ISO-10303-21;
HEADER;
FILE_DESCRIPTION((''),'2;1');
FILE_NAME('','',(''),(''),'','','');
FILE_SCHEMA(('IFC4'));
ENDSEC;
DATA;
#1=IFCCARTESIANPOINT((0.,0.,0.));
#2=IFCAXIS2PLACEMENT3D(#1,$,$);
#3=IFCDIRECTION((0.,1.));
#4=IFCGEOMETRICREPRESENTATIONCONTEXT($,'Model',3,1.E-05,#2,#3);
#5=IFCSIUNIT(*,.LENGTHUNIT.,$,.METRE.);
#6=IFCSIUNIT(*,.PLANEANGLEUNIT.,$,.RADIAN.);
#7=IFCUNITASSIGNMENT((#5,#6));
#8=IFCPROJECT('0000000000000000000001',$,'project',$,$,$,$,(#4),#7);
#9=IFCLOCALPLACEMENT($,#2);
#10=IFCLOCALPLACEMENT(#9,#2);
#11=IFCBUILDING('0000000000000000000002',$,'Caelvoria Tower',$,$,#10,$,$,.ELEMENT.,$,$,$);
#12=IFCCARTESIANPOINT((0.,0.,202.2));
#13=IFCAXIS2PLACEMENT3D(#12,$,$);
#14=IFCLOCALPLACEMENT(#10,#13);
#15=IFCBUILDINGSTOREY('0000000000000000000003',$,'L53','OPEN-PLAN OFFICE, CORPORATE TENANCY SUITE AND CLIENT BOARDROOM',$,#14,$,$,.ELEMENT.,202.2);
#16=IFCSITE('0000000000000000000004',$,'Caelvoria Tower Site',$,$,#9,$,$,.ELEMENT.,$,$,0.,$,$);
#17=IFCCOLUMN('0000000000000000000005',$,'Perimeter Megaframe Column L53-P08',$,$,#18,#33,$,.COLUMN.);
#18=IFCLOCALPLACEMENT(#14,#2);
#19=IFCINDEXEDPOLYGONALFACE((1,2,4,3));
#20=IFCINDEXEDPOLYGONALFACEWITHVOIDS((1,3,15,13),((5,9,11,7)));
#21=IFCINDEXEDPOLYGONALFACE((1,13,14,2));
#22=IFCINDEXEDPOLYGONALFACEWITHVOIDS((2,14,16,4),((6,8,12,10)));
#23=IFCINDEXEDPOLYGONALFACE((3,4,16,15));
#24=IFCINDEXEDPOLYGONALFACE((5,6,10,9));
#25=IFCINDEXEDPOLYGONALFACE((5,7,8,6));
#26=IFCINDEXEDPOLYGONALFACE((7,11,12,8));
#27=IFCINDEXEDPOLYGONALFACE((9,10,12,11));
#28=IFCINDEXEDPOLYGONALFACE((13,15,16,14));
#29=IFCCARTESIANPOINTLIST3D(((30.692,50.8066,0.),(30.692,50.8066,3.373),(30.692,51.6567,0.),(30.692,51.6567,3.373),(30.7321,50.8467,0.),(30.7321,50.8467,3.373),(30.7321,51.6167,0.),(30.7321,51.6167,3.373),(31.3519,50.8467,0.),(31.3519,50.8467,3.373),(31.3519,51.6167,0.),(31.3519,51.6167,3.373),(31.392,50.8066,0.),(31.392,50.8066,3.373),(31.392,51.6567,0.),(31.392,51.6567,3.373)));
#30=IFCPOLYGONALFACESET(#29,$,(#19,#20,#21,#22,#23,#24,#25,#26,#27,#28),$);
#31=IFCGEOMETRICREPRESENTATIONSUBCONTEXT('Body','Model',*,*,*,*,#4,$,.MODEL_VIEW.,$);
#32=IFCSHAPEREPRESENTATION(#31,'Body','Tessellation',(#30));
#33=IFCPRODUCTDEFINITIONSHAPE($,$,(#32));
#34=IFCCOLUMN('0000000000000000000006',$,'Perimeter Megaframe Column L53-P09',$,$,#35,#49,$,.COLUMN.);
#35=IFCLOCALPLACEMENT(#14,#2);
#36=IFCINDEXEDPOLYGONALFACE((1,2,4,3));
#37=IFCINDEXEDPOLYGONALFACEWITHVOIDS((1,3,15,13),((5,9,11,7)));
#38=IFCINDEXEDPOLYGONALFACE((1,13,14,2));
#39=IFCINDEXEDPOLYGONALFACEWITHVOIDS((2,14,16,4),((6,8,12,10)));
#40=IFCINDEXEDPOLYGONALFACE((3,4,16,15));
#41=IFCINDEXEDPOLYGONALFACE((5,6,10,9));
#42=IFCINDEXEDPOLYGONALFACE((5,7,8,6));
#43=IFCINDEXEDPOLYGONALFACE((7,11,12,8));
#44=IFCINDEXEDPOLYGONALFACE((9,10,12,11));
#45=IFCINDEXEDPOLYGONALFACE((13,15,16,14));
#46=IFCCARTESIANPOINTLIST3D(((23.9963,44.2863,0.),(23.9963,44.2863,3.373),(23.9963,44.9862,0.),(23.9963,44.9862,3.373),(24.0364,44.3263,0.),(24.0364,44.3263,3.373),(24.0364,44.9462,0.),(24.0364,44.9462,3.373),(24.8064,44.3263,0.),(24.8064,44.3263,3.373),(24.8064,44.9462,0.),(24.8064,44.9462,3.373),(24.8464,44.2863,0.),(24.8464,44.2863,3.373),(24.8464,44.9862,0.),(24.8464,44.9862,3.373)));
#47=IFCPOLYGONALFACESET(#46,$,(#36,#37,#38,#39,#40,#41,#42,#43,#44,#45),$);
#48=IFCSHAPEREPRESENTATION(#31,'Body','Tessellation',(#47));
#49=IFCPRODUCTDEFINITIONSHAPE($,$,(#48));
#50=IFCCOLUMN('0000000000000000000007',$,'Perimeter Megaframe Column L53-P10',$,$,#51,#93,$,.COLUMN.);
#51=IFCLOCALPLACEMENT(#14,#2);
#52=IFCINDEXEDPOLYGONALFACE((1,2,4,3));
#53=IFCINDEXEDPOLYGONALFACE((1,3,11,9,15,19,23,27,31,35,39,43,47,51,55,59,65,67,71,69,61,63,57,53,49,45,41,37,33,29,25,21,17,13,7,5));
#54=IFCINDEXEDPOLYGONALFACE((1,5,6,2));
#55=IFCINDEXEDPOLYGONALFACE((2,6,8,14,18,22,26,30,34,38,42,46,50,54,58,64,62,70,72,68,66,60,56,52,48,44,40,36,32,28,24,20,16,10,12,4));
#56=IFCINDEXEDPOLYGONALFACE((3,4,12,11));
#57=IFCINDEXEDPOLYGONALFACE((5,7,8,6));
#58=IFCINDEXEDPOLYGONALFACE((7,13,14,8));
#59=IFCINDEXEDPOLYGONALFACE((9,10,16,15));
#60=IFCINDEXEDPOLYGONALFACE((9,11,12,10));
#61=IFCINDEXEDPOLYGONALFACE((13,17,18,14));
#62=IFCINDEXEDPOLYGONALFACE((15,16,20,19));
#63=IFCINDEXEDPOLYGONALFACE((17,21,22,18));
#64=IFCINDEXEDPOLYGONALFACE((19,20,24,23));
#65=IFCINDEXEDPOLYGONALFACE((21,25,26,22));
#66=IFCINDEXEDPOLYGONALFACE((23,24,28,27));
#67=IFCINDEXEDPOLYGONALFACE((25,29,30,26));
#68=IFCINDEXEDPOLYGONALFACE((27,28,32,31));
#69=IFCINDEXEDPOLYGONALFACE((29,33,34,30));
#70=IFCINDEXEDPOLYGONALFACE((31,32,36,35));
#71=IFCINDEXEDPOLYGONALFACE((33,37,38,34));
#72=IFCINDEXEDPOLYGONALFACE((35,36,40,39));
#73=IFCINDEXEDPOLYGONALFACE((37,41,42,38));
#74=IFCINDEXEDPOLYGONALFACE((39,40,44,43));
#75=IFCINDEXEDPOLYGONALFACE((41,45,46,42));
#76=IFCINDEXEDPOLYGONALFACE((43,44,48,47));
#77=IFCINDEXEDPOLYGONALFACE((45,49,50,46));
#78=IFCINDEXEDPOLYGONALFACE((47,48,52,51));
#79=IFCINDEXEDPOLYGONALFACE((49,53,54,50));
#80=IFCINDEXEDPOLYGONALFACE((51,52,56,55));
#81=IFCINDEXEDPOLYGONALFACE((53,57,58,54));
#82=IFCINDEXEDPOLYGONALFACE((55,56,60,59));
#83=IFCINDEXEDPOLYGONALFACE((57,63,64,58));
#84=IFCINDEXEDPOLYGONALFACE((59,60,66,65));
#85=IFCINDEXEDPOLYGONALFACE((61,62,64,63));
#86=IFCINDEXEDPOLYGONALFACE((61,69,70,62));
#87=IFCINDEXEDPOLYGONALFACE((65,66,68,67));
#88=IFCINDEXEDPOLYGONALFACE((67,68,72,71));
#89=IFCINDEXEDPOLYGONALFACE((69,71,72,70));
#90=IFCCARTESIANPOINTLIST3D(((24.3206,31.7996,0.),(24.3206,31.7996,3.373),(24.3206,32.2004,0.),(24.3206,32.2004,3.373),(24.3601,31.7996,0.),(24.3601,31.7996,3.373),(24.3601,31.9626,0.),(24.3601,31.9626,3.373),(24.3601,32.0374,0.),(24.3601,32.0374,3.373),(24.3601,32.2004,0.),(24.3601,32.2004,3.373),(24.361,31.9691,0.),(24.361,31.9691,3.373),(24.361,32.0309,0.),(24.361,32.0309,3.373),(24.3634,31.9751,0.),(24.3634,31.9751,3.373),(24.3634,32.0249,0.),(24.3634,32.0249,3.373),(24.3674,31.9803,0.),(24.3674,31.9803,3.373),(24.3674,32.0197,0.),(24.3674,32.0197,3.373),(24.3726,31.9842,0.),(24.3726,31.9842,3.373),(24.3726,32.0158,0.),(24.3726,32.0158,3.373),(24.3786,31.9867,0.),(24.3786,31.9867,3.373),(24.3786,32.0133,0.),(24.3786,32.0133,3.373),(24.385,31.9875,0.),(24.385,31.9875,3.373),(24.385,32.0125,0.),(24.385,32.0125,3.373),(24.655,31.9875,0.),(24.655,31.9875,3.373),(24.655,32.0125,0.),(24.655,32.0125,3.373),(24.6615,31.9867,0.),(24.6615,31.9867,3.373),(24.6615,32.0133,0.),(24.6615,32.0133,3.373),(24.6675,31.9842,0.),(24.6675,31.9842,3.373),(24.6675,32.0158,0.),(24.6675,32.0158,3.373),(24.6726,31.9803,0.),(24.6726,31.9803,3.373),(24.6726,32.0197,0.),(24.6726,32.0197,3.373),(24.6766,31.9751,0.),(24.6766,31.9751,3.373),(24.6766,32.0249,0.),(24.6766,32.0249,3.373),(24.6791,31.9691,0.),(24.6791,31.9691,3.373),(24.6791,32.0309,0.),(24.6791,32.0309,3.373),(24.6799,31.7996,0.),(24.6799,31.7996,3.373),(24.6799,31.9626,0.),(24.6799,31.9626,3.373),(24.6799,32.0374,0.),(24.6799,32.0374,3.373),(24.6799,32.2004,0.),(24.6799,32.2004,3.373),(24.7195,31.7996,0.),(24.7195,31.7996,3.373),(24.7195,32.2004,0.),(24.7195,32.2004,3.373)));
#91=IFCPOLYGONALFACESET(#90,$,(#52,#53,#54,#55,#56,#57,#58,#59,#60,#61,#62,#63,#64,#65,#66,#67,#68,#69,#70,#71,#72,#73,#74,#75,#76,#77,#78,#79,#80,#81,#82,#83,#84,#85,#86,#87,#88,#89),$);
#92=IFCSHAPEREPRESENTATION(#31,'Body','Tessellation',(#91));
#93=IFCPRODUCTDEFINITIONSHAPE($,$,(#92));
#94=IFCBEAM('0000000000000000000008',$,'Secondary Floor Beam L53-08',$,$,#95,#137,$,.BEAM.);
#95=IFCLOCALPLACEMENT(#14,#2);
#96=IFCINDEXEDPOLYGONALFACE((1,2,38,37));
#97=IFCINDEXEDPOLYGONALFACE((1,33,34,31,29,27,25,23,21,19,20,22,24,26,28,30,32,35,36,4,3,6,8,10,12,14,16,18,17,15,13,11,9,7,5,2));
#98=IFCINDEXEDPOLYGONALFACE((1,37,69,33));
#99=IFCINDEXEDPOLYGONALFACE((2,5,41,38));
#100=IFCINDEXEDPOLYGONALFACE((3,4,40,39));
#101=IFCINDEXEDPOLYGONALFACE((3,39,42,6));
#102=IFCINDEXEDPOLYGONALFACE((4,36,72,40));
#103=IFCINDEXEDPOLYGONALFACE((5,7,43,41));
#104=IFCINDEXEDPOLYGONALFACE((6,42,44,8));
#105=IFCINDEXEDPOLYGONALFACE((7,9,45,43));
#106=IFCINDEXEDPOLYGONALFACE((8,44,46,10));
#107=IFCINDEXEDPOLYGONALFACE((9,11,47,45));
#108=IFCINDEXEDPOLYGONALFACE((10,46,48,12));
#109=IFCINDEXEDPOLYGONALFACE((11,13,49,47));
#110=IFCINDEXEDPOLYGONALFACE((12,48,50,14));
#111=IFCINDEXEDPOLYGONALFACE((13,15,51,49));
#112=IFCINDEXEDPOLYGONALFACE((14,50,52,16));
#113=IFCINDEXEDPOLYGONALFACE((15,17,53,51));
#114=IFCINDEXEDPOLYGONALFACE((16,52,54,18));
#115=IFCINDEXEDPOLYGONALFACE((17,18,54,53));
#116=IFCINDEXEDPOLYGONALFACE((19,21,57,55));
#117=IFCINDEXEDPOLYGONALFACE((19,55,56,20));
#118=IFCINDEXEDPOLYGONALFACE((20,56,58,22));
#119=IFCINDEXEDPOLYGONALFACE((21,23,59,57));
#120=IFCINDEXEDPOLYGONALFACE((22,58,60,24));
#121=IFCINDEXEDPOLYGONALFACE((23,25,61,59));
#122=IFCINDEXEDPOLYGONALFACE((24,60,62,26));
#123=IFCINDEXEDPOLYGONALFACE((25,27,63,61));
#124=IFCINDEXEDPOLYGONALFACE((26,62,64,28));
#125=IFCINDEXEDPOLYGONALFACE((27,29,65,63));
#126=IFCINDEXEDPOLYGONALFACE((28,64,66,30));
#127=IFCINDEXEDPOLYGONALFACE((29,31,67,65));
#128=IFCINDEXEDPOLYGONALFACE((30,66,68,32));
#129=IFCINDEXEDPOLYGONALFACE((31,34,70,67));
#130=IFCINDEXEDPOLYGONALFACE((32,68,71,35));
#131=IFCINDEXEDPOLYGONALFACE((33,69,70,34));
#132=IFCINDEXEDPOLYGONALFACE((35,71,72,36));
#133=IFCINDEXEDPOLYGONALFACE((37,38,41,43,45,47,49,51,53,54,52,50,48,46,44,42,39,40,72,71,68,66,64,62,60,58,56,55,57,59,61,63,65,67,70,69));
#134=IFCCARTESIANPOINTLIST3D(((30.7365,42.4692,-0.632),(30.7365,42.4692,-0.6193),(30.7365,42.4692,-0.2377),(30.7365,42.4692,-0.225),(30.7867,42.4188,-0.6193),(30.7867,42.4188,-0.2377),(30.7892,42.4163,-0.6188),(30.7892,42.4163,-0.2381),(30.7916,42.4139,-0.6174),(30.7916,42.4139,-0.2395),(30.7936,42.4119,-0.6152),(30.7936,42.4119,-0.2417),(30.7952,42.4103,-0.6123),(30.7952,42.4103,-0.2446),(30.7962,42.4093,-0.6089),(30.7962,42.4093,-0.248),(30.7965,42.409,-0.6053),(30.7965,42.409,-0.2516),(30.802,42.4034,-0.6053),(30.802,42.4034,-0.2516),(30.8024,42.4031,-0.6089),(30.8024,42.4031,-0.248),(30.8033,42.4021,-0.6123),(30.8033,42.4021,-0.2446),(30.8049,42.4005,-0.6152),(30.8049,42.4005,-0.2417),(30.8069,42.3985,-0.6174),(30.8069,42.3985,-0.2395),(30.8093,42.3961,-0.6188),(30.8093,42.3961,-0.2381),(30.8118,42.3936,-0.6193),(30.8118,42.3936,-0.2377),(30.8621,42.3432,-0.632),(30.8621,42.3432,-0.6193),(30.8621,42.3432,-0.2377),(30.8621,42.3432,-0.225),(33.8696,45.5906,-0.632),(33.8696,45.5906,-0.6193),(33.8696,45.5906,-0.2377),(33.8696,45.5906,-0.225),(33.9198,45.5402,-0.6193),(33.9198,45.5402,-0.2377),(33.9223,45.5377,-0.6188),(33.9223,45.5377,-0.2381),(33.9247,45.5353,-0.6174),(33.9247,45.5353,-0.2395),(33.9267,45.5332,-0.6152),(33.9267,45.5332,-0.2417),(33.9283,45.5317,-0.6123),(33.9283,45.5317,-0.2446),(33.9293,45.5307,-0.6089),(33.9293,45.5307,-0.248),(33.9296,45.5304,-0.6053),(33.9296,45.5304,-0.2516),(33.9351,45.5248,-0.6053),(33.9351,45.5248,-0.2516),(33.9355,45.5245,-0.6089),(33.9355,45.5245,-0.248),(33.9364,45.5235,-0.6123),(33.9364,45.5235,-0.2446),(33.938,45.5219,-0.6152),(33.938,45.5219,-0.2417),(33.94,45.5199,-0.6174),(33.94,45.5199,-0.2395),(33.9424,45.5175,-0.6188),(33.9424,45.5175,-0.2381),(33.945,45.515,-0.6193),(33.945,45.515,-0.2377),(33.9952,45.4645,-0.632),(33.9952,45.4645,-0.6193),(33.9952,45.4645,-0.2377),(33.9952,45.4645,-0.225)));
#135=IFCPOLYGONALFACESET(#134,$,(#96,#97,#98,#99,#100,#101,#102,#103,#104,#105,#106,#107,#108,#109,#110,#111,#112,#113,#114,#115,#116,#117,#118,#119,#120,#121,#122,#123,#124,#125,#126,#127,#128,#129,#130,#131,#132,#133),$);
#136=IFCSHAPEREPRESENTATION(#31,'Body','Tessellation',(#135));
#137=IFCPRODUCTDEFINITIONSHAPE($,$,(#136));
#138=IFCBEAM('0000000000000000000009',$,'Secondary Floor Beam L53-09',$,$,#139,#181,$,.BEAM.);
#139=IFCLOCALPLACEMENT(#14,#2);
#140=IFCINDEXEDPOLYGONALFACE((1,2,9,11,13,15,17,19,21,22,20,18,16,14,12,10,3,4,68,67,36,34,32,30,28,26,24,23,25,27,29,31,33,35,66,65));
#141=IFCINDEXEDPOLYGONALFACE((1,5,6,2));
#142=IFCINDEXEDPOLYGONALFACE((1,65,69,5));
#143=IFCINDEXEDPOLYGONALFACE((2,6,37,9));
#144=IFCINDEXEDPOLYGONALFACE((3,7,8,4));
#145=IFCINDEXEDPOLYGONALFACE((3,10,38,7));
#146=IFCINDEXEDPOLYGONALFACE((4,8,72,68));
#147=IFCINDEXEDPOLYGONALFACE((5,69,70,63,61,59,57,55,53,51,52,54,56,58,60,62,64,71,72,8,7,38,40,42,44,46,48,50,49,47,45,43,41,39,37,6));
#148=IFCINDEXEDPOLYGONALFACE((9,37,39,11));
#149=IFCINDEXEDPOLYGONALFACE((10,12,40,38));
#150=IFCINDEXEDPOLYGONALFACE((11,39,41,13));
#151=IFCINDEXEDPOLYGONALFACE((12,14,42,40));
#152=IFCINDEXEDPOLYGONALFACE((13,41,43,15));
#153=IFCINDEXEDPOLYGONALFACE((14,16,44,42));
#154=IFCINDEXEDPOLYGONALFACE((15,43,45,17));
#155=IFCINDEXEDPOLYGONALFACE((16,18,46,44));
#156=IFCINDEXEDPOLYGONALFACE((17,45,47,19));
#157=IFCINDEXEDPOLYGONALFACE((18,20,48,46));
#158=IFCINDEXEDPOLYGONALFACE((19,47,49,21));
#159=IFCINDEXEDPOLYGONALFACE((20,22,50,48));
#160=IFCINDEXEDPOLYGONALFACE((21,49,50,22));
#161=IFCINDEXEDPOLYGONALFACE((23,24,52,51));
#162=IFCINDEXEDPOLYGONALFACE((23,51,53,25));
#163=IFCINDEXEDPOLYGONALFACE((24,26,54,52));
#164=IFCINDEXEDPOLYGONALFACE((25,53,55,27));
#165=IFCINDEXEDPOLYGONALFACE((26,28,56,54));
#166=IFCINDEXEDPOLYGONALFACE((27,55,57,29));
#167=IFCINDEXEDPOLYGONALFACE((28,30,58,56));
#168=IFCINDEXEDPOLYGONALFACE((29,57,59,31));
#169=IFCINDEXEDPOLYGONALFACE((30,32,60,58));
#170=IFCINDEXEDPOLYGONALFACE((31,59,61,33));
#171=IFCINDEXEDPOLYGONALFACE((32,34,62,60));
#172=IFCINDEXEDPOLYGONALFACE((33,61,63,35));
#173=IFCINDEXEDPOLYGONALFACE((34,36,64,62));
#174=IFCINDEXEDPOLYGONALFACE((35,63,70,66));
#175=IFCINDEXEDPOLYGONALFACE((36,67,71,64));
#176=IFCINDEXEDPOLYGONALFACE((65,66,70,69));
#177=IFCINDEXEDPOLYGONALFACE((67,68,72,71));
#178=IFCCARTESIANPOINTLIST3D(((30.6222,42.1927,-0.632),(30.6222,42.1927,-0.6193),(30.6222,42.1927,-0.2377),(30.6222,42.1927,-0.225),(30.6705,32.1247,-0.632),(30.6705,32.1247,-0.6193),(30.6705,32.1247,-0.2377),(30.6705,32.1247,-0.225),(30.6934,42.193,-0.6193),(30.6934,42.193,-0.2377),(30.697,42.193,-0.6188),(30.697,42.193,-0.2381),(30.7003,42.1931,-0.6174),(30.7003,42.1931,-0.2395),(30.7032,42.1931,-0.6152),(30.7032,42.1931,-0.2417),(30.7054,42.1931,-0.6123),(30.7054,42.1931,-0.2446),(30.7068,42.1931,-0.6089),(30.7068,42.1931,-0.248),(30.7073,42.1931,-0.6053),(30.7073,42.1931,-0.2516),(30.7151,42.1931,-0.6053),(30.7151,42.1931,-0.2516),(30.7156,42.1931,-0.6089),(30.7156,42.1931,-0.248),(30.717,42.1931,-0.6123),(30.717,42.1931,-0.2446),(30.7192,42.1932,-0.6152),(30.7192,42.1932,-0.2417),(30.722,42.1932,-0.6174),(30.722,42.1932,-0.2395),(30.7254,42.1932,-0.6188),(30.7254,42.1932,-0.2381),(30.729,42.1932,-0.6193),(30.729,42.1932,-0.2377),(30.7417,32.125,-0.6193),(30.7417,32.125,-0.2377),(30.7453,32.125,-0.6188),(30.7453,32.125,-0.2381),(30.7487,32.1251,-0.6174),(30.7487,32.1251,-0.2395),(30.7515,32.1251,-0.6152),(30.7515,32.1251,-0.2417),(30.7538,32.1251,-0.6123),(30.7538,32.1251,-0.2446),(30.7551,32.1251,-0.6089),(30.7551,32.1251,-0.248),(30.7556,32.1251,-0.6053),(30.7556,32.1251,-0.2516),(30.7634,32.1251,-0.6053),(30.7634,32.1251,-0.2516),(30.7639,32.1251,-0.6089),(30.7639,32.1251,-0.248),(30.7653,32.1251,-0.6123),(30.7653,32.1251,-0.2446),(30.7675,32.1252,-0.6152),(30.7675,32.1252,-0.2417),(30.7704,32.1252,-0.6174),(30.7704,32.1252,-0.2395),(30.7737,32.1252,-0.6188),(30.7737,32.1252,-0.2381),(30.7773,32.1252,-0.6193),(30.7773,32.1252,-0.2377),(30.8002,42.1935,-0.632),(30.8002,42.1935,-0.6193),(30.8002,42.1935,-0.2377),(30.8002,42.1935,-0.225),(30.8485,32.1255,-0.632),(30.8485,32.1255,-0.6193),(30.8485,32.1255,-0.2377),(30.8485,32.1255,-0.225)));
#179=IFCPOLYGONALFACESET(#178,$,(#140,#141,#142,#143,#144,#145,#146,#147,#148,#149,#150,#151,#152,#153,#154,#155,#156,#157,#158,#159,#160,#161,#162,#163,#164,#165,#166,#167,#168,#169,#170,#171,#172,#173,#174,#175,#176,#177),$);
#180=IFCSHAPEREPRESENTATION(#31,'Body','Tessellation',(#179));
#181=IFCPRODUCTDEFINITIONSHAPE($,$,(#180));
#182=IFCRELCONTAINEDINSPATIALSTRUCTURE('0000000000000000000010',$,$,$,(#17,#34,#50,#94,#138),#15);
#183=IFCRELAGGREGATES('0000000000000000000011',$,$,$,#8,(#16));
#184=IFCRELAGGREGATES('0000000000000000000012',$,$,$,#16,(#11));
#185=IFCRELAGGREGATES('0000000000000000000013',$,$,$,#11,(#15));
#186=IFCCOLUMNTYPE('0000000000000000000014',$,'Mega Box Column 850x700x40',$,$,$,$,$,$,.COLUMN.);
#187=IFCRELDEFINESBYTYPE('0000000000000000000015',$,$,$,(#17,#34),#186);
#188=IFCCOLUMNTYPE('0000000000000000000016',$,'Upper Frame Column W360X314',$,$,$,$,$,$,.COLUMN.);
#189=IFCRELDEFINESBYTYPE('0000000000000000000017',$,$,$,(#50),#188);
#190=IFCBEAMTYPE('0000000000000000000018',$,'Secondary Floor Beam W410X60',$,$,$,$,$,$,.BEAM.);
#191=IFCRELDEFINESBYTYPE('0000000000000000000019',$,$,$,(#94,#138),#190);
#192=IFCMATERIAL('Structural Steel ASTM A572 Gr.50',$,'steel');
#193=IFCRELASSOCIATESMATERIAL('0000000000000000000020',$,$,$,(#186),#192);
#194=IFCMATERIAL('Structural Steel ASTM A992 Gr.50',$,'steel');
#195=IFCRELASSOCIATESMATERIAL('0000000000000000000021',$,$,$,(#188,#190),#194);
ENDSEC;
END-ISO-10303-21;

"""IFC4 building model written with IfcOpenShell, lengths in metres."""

from ifc_helpers import new_model, si_unit, direction, frame, origin, origin_2d, place, context, subcontext, project, spatial, hollow_rectangle, i_section, extrude, material, material_profile, profile_set, type_object, element, save


model = new_model("IFC4")

# Units and contexts
model_context = context("Model", 3, precision=1e-05, world=origin(), true_north=direction((0.0, 1.0)))
body_context = subcontext(model_context, "Body", "Model", "MODEL_VIEW")
ifc_project = project(units=[si_unit("LENGTHUNIT", "METRE"), si_unit("PLANEANGLEUNIT", "RADIAN")], contexts=[model_context])

# Site, building, storey
site_placement = place(None, origin())
site = spatial("IfcSite", under=ifc_project, at=site_placement, Name="Caelvoria Tower Site", CompositionType="ELEMENT", RefElevation=0.0)
building_placement = place(site_placement, origin())
building = spatial("IfcBuilding", under=site, at=building_placement, Name="Caelvoria Tower", CompositionType="ELEMENT")
storey_placement = place(building_placement, frame((0.0, 0.0, 202.2)))
storey = spatial("IfcBuildingStorey", under=building, at=storey_placement, Name="L53", Description="OPEN-PLAN OFFICE, CORPORATE TENANCY SUITE AND CLIENT BOARDROOM", CompositionType="ELEMENT", Elevation=202.2)

# Columns
ifc_material_1 = material(Name="Structural Steel ASTM A572 Gr.50", Category="steel")
ifc_material_profile_1 = material_profile(ifc_material_1, hollow_rectangle(XDim=0.7, YDim=0.8501, WallThickness=0.04, at=origin_2d()), Name="Structural Steel ASTM A572 Gr.50")
ifc_profile_set_1 = profile_set([ifc_material_profile_1], Name="BOX850X700X40 - Structural Steel ASTM A572 Gr.50")
column_type_1 = type_object("IfcColumnType", Name="Mega Box Column 850x700x40", PredefinedType="COLUMN", material=ifc_profile_set_1)
for number, where, z_axis, x_axis, name in (
    (1, (31.042, 51.2317, 0.0), (0.0, 0.0, 1.0), (1.0, 0.0, 0.0), "Perimeter Megaframe Column L53-P08"),
    (2, (24.4214, 44.6362, 0.0), (0.0, 0.0, 1.0), (0.0, 1.0, 0.0), "Perimeter Megaframe Column L53-P09"),
):
    element("IfcColumn", number, at=place(storey_placement, frame(where, z_axis=z_axis, x_axis=x_axis)), inside=storey, type_object=column_type_1, Name=name, PredefinedType="COLUMN", context=body_context, shape_type="SweptSolid", body=[
        extrude(hollow_rectangle(XDim=0.7, YDim=0.8501, WallThickness=0.04, at=origin_2d()), origin(), (0.0, 0.0, 1.0), 3.373),
    ])
ifc_material_2 = material(Name="Structural Steel ASTM A992 Gr.50", Category="steel")
ifc_material_profile_2 = material_profile(ifc_material_2, i_section(OverallWidth=0.4009, OverallDepth=0.3989, WebThickness=0.0249, FlangeThickness=0.0396, FilletRadius=0.0249, at=origin_2d()), Name="Structural Steel ASTM A992 Gr.50")
ifc_profile_set_2 = profile_set([ifc_material_profile_2], Name="W360X314 - Structural Steel ASTM A992 Gr.50")
column_type_2 = type_object("IfcColumnType", Name="Upper Frame Column W360X314", PredefinedType="COLUMN", material=ifc_profile_set_2)
column_placement = place(storey_placement, frame((24.52, 32.0, 0.0), z_axis=(0.0, 0.0, 1.0), x_axis=(0.0, 1.0, 0.0)))
element("IfcColumn", 3, at=column_placement, inside=storey, type_object=column_type_2, Name="Perimeter Megaframe Column L53-P10", PredefinedType="COLUMN", context=body_context, shape_type="SweptSolid", body=[
    extrude(i_section(OverallWidth=0.4009, OverallDepth=0.3989, WebThickness=0.0249, FlangeThickness=0.0396, FilletRadius=0.0249, at=origin_2d()), origin(), (0.0, 0.0, 1.0), 3.373),
])

# Beams
ifc_material_profile_3 = material_profile(ifc_material_2, i_section(OverallWidth=0.178, OverallDepth=0.407, WebThickness=0.0078, FlangeThickness=0.0127, FilletRadius=0.0139, at=origin_2d()), Name="Structural Steel ASTM A992 Gr.50")
ifc_profile_set_3 = profile_set([ifc_material_profile_3], Name="W410X60 - Structural Steel ASTM A992 Gr.50")
beam_type_1 = type_object("IfcBeamType", Name="Secondary Floor Beam W410X60", PredefinedType="BEAM", material=ifc_profile_set_3)
beam_1_placement = place(storey_placement, frame((33.9324, 45.5276, -0.4285), z_axis=(-0.70843, -0.705781, 0.0), x_axis=(0.705781, -0.70843, 0.0)))
element("IfcBeam", 4, at=beam_1_placement, inside=storey, type_object=beam_type_1, Name="Secondary Floor Beam L53-08", PredefinedType="BEAM", context=body_context, shape_type="SweptSolid", body=[
    extrude(i_section(OverallWidth=0.178, OverallDepth=0.407, WebThickness=0.0078, FlangeThickness=0.0127, FilletRadius=0.0139, at=origin_2d()), origin(), (0.0, 0.0, 1.0), 4.4226),
])
for number, where, z_axis, x_axis, name in (
    (5, (30.7112, 42.1931, -0.4285), (0.004801, -0.999988, 0.0), (0.999988, 0.004801, 0.0), "Secondary Floor Beam L53-09"),
):
    element("IfcBeam", number, at=place(storey_placement, frame(where, z_axis=z_axis, x_axis=x_axis)), inside=storey, type_object=beam_type_1, Name=name, PredefinedType="BEAM", context=body_context, shape_type="SweptSolid", body=[
        extrude(i_section(OverallWidth=0.178, OverallDepth=0.407, WebThickness=0.0078, FlangeThickness=0.0127, FilletRadius=0.0139, at=origin_2d()), origin(), (0.0, 0.0, 1.0), 10.0681),
    ])

save(model, "model.ifc")
